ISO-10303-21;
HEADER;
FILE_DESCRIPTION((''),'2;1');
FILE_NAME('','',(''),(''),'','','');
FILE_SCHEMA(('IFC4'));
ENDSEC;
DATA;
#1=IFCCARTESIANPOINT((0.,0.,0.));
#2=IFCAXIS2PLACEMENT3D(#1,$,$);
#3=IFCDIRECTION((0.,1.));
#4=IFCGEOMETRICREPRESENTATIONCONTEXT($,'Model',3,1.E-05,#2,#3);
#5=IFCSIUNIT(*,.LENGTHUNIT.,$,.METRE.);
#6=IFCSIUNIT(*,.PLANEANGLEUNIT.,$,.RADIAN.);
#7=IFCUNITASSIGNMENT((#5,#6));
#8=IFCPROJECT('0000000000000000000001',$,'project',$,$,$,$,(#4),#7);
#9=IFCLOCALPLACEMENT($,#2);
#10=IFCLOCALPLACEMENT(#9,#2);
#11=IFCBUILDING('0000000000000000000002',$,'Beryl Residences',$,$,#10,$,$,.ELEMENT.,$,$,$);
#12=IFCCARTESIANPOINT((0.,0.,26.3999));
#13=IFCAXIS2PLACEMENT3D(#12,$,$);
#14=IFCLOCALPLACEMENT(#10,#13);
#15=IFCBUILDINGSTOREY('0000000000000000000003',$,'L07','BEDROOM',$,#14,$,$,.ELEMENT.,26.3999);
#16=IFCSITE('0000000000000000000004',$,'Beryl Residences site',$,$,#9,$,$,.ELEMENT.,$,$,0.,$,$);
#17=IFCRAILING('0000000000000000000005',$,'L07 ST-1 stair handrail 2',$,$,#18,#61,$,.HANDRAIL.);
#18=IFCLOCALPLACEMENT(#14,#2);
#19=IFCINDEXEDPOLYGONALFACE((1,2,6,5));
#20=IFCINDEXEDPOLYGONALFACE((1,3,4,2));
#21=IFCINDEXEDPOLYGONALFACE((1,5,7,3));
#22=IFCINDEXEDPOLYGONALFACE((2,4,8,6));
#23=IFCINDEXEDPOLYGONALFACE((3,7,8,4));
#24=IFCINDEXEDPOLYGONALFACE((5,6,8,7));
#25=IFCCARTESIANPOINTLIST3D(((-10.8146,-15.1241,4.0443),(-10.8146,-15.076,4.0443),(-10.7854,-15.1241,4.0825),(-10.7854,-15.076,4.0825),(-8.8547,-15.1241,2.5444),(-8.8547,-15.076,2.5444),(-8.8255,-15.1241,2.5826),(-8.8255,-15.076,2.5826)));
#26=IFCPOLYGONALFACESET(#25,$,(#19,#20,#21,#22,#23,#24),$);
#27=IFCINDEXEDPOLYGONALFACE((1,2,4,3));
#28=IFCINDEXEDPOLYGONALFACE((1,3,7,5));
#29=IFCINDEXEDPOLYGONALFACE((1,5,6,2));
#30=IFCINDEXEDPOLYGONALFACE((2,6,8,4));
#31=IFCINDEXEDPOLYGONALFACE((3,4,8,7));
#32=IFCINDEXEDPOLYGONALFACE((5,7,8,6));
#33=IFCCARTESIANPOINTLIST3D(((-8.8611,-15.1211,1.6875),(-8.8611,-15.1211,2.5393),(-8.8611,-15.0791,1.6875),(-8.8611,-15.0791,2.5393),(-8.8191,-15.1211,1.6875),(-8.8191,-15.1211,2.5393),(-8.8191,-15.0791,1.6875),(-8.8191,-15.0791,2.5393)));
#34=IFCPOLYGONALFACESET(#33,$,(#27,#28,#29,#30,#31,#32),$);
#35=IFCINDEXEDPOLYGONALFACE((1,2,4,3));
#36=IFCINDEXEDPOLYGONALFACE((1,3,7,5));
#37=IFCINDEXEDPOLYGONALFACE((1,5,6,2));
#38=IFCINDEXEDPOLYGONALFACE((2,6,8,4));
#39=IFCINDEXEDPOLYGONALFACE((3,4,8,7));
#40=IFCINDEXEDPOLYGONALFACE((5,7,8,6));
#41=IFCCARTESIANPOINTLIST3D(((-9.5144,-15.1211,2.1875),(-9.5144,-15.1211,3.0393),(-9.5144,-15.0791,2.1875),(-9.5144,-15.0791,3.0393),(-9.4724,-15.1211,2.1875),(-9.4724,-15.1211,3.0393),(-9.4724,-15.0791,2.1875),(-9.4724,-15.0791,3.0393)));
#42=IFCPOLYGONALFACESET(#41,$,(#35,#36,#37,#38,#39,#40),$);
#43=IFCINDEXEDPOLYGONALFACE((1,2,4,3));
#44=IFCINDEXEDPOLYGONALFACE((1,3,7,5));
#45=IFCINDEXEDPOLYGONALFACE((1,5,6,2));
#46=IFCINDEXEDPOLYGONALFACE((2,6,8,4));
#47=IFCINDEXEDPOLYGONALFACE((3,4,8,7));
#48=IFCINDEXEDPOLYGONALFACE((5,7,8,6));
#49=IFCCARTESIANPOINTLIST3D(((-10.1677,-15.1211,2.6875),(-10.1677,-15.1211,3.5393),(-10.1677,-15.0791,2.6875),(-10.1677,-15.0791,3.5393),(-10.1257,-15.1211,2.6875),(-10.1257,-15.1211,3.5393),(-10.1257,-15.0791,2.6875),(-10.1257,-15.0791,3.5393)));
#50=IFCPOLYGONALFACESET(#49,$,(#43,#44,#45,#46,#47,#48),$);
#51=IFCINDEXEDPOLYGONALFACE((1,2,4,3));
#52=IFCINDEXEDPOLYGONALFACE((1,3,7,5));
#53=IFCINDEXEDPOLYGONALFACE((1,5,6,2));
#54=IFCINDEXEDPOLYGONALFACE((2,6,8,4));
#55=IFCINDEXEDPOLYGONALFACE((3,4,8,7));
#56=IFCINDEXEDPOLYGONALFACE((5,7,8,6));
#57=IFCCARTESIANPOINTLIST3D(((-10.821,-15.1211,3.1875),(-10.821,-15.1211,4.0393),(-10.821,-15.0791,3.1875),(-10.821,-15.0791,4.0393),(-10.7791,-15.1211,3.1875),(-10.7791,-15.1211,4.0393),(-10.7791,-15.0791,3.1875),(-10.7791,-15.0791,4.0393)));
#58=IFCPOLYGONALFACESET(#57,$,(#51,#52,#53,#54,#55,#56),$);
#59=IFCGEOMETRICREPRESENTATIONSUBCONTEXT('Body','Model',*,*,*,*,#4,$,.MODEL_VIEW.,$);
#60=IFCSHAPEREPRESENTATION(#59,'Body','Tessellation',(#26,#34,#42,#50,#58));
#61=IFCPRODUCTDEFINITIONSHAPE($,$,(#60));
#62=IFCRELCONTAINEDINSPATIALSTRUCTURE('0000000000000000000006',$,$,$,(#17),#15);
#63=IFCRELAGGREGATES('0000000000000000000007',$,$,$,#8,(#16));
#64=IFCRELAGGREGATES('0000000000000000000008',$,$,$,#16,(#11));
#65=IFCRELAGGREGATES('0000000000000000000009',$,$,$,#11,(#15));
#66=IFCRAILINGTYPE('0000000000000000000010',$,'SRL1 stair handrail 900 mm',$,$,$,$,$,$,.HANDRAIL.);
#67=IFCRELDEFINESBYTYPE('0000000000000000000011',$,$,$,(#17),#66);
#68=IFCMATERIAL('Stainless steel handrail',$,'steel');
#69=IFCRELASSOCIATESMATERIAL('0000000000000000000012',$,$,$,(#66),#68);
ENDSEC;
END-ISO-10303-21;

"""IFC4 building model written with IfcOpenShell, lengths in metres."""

from ifc_helpers import new_model, si_unit, direction, frame, origin, origin_2d, place, context, subcontext, project, spatial, rectangle, extrude, material, type_object, element, save


model = new_model("IFC4")

# Units and contexts
model_context = context("Model", 3, precision=1e-05, world=origin(), true_north=direction((0.0, 1.0)))
body_context = subcontext(model_context, "Body", "Model", "MODEL_VIEW")
ifc_project = project(units=[si_unit("LENGTHUNIT", "METRE"), si_unit("PLANEANGLEUNIT", "RADIAN")], contexts=[model_context])

# Site, building, storey
site_placement = place(None, origin())
site = spatial("IfcSite", under=ifc_project, at=site_placement, Name="Beryl Residences site", CompositionType="ELEMENT", RefElevation=0.0)
building_placement = place(site_placement, origin())
building = spatial("IfcBuilding", under=site, at=building_placement, Name="Beryl Residences", CompositionType="ELEMENT")
storey_placement = place(building_placement, frame((0.0, 0.0, 26.3999)))
storey = spatial("IfcBuildingStorey", under=building, at=storey_placement, Name="L07", Description="BEDROOM", CompositionType="ELEMENT", Elevation=26.3999)

# Railing
ifc_material_1 = material(Name="Stainless steel handrail", Category="steel")
railing_type_1 = type_object("IfcRailingType", Name="SRL1 stair handrail 900 mm", PredefinedType="HANDRAIL", material=ifc_material_1)
railing_1_placement = place(storey_placement, frame((-8.8401, -15.1001, 1.6875)))
element("IfcRailing", 1, at=railing_1_placement, inside=storey, type_object=railing_type_1, Name="L07 ST-1 stair handrail 2", PredefinedType="HANDRAIL", context=body_context, shape_type="SweptSolid", body=[
    extrude(rectangle(XDim=0.0481, YDim=0.0481, at=origin_2d()), frame((0.0, 0.0, 0.876), z_axis=(-0.794122, 0.0, 0.607758), x_axis=(0.0, -1.0, 0.0)), (0.0, 0.0, 1.0), 2.468),
    extrude(rectangle(XDim=0.042, YDim=0.042, at=origin_2d()), origin(), (0.0, 0.0, 1.0), 0.8518),
    extrude(rectangle(XDim=0.042, YDim=0.042, at=origin_2d()), frame((-0.6533, 0.0, 0.5)), (0.0, 0.0, 1.0), 0.8518),
    extrude(rectangle(XDim=0.042, YDim=0.042, at=origin_2d()), frame((-1.3066, 0.0, 1.0)), (0.0, 0.0, 1.0), 0.8518),
    extrude(rectangle(XDim=0.042, YDim=0.042, at=origin_2d()), frame((-1.96, 0.0, 1.5)), (0.0, 0.0, 1.0), 0.8518),
])

save(model, "model.ifc")
